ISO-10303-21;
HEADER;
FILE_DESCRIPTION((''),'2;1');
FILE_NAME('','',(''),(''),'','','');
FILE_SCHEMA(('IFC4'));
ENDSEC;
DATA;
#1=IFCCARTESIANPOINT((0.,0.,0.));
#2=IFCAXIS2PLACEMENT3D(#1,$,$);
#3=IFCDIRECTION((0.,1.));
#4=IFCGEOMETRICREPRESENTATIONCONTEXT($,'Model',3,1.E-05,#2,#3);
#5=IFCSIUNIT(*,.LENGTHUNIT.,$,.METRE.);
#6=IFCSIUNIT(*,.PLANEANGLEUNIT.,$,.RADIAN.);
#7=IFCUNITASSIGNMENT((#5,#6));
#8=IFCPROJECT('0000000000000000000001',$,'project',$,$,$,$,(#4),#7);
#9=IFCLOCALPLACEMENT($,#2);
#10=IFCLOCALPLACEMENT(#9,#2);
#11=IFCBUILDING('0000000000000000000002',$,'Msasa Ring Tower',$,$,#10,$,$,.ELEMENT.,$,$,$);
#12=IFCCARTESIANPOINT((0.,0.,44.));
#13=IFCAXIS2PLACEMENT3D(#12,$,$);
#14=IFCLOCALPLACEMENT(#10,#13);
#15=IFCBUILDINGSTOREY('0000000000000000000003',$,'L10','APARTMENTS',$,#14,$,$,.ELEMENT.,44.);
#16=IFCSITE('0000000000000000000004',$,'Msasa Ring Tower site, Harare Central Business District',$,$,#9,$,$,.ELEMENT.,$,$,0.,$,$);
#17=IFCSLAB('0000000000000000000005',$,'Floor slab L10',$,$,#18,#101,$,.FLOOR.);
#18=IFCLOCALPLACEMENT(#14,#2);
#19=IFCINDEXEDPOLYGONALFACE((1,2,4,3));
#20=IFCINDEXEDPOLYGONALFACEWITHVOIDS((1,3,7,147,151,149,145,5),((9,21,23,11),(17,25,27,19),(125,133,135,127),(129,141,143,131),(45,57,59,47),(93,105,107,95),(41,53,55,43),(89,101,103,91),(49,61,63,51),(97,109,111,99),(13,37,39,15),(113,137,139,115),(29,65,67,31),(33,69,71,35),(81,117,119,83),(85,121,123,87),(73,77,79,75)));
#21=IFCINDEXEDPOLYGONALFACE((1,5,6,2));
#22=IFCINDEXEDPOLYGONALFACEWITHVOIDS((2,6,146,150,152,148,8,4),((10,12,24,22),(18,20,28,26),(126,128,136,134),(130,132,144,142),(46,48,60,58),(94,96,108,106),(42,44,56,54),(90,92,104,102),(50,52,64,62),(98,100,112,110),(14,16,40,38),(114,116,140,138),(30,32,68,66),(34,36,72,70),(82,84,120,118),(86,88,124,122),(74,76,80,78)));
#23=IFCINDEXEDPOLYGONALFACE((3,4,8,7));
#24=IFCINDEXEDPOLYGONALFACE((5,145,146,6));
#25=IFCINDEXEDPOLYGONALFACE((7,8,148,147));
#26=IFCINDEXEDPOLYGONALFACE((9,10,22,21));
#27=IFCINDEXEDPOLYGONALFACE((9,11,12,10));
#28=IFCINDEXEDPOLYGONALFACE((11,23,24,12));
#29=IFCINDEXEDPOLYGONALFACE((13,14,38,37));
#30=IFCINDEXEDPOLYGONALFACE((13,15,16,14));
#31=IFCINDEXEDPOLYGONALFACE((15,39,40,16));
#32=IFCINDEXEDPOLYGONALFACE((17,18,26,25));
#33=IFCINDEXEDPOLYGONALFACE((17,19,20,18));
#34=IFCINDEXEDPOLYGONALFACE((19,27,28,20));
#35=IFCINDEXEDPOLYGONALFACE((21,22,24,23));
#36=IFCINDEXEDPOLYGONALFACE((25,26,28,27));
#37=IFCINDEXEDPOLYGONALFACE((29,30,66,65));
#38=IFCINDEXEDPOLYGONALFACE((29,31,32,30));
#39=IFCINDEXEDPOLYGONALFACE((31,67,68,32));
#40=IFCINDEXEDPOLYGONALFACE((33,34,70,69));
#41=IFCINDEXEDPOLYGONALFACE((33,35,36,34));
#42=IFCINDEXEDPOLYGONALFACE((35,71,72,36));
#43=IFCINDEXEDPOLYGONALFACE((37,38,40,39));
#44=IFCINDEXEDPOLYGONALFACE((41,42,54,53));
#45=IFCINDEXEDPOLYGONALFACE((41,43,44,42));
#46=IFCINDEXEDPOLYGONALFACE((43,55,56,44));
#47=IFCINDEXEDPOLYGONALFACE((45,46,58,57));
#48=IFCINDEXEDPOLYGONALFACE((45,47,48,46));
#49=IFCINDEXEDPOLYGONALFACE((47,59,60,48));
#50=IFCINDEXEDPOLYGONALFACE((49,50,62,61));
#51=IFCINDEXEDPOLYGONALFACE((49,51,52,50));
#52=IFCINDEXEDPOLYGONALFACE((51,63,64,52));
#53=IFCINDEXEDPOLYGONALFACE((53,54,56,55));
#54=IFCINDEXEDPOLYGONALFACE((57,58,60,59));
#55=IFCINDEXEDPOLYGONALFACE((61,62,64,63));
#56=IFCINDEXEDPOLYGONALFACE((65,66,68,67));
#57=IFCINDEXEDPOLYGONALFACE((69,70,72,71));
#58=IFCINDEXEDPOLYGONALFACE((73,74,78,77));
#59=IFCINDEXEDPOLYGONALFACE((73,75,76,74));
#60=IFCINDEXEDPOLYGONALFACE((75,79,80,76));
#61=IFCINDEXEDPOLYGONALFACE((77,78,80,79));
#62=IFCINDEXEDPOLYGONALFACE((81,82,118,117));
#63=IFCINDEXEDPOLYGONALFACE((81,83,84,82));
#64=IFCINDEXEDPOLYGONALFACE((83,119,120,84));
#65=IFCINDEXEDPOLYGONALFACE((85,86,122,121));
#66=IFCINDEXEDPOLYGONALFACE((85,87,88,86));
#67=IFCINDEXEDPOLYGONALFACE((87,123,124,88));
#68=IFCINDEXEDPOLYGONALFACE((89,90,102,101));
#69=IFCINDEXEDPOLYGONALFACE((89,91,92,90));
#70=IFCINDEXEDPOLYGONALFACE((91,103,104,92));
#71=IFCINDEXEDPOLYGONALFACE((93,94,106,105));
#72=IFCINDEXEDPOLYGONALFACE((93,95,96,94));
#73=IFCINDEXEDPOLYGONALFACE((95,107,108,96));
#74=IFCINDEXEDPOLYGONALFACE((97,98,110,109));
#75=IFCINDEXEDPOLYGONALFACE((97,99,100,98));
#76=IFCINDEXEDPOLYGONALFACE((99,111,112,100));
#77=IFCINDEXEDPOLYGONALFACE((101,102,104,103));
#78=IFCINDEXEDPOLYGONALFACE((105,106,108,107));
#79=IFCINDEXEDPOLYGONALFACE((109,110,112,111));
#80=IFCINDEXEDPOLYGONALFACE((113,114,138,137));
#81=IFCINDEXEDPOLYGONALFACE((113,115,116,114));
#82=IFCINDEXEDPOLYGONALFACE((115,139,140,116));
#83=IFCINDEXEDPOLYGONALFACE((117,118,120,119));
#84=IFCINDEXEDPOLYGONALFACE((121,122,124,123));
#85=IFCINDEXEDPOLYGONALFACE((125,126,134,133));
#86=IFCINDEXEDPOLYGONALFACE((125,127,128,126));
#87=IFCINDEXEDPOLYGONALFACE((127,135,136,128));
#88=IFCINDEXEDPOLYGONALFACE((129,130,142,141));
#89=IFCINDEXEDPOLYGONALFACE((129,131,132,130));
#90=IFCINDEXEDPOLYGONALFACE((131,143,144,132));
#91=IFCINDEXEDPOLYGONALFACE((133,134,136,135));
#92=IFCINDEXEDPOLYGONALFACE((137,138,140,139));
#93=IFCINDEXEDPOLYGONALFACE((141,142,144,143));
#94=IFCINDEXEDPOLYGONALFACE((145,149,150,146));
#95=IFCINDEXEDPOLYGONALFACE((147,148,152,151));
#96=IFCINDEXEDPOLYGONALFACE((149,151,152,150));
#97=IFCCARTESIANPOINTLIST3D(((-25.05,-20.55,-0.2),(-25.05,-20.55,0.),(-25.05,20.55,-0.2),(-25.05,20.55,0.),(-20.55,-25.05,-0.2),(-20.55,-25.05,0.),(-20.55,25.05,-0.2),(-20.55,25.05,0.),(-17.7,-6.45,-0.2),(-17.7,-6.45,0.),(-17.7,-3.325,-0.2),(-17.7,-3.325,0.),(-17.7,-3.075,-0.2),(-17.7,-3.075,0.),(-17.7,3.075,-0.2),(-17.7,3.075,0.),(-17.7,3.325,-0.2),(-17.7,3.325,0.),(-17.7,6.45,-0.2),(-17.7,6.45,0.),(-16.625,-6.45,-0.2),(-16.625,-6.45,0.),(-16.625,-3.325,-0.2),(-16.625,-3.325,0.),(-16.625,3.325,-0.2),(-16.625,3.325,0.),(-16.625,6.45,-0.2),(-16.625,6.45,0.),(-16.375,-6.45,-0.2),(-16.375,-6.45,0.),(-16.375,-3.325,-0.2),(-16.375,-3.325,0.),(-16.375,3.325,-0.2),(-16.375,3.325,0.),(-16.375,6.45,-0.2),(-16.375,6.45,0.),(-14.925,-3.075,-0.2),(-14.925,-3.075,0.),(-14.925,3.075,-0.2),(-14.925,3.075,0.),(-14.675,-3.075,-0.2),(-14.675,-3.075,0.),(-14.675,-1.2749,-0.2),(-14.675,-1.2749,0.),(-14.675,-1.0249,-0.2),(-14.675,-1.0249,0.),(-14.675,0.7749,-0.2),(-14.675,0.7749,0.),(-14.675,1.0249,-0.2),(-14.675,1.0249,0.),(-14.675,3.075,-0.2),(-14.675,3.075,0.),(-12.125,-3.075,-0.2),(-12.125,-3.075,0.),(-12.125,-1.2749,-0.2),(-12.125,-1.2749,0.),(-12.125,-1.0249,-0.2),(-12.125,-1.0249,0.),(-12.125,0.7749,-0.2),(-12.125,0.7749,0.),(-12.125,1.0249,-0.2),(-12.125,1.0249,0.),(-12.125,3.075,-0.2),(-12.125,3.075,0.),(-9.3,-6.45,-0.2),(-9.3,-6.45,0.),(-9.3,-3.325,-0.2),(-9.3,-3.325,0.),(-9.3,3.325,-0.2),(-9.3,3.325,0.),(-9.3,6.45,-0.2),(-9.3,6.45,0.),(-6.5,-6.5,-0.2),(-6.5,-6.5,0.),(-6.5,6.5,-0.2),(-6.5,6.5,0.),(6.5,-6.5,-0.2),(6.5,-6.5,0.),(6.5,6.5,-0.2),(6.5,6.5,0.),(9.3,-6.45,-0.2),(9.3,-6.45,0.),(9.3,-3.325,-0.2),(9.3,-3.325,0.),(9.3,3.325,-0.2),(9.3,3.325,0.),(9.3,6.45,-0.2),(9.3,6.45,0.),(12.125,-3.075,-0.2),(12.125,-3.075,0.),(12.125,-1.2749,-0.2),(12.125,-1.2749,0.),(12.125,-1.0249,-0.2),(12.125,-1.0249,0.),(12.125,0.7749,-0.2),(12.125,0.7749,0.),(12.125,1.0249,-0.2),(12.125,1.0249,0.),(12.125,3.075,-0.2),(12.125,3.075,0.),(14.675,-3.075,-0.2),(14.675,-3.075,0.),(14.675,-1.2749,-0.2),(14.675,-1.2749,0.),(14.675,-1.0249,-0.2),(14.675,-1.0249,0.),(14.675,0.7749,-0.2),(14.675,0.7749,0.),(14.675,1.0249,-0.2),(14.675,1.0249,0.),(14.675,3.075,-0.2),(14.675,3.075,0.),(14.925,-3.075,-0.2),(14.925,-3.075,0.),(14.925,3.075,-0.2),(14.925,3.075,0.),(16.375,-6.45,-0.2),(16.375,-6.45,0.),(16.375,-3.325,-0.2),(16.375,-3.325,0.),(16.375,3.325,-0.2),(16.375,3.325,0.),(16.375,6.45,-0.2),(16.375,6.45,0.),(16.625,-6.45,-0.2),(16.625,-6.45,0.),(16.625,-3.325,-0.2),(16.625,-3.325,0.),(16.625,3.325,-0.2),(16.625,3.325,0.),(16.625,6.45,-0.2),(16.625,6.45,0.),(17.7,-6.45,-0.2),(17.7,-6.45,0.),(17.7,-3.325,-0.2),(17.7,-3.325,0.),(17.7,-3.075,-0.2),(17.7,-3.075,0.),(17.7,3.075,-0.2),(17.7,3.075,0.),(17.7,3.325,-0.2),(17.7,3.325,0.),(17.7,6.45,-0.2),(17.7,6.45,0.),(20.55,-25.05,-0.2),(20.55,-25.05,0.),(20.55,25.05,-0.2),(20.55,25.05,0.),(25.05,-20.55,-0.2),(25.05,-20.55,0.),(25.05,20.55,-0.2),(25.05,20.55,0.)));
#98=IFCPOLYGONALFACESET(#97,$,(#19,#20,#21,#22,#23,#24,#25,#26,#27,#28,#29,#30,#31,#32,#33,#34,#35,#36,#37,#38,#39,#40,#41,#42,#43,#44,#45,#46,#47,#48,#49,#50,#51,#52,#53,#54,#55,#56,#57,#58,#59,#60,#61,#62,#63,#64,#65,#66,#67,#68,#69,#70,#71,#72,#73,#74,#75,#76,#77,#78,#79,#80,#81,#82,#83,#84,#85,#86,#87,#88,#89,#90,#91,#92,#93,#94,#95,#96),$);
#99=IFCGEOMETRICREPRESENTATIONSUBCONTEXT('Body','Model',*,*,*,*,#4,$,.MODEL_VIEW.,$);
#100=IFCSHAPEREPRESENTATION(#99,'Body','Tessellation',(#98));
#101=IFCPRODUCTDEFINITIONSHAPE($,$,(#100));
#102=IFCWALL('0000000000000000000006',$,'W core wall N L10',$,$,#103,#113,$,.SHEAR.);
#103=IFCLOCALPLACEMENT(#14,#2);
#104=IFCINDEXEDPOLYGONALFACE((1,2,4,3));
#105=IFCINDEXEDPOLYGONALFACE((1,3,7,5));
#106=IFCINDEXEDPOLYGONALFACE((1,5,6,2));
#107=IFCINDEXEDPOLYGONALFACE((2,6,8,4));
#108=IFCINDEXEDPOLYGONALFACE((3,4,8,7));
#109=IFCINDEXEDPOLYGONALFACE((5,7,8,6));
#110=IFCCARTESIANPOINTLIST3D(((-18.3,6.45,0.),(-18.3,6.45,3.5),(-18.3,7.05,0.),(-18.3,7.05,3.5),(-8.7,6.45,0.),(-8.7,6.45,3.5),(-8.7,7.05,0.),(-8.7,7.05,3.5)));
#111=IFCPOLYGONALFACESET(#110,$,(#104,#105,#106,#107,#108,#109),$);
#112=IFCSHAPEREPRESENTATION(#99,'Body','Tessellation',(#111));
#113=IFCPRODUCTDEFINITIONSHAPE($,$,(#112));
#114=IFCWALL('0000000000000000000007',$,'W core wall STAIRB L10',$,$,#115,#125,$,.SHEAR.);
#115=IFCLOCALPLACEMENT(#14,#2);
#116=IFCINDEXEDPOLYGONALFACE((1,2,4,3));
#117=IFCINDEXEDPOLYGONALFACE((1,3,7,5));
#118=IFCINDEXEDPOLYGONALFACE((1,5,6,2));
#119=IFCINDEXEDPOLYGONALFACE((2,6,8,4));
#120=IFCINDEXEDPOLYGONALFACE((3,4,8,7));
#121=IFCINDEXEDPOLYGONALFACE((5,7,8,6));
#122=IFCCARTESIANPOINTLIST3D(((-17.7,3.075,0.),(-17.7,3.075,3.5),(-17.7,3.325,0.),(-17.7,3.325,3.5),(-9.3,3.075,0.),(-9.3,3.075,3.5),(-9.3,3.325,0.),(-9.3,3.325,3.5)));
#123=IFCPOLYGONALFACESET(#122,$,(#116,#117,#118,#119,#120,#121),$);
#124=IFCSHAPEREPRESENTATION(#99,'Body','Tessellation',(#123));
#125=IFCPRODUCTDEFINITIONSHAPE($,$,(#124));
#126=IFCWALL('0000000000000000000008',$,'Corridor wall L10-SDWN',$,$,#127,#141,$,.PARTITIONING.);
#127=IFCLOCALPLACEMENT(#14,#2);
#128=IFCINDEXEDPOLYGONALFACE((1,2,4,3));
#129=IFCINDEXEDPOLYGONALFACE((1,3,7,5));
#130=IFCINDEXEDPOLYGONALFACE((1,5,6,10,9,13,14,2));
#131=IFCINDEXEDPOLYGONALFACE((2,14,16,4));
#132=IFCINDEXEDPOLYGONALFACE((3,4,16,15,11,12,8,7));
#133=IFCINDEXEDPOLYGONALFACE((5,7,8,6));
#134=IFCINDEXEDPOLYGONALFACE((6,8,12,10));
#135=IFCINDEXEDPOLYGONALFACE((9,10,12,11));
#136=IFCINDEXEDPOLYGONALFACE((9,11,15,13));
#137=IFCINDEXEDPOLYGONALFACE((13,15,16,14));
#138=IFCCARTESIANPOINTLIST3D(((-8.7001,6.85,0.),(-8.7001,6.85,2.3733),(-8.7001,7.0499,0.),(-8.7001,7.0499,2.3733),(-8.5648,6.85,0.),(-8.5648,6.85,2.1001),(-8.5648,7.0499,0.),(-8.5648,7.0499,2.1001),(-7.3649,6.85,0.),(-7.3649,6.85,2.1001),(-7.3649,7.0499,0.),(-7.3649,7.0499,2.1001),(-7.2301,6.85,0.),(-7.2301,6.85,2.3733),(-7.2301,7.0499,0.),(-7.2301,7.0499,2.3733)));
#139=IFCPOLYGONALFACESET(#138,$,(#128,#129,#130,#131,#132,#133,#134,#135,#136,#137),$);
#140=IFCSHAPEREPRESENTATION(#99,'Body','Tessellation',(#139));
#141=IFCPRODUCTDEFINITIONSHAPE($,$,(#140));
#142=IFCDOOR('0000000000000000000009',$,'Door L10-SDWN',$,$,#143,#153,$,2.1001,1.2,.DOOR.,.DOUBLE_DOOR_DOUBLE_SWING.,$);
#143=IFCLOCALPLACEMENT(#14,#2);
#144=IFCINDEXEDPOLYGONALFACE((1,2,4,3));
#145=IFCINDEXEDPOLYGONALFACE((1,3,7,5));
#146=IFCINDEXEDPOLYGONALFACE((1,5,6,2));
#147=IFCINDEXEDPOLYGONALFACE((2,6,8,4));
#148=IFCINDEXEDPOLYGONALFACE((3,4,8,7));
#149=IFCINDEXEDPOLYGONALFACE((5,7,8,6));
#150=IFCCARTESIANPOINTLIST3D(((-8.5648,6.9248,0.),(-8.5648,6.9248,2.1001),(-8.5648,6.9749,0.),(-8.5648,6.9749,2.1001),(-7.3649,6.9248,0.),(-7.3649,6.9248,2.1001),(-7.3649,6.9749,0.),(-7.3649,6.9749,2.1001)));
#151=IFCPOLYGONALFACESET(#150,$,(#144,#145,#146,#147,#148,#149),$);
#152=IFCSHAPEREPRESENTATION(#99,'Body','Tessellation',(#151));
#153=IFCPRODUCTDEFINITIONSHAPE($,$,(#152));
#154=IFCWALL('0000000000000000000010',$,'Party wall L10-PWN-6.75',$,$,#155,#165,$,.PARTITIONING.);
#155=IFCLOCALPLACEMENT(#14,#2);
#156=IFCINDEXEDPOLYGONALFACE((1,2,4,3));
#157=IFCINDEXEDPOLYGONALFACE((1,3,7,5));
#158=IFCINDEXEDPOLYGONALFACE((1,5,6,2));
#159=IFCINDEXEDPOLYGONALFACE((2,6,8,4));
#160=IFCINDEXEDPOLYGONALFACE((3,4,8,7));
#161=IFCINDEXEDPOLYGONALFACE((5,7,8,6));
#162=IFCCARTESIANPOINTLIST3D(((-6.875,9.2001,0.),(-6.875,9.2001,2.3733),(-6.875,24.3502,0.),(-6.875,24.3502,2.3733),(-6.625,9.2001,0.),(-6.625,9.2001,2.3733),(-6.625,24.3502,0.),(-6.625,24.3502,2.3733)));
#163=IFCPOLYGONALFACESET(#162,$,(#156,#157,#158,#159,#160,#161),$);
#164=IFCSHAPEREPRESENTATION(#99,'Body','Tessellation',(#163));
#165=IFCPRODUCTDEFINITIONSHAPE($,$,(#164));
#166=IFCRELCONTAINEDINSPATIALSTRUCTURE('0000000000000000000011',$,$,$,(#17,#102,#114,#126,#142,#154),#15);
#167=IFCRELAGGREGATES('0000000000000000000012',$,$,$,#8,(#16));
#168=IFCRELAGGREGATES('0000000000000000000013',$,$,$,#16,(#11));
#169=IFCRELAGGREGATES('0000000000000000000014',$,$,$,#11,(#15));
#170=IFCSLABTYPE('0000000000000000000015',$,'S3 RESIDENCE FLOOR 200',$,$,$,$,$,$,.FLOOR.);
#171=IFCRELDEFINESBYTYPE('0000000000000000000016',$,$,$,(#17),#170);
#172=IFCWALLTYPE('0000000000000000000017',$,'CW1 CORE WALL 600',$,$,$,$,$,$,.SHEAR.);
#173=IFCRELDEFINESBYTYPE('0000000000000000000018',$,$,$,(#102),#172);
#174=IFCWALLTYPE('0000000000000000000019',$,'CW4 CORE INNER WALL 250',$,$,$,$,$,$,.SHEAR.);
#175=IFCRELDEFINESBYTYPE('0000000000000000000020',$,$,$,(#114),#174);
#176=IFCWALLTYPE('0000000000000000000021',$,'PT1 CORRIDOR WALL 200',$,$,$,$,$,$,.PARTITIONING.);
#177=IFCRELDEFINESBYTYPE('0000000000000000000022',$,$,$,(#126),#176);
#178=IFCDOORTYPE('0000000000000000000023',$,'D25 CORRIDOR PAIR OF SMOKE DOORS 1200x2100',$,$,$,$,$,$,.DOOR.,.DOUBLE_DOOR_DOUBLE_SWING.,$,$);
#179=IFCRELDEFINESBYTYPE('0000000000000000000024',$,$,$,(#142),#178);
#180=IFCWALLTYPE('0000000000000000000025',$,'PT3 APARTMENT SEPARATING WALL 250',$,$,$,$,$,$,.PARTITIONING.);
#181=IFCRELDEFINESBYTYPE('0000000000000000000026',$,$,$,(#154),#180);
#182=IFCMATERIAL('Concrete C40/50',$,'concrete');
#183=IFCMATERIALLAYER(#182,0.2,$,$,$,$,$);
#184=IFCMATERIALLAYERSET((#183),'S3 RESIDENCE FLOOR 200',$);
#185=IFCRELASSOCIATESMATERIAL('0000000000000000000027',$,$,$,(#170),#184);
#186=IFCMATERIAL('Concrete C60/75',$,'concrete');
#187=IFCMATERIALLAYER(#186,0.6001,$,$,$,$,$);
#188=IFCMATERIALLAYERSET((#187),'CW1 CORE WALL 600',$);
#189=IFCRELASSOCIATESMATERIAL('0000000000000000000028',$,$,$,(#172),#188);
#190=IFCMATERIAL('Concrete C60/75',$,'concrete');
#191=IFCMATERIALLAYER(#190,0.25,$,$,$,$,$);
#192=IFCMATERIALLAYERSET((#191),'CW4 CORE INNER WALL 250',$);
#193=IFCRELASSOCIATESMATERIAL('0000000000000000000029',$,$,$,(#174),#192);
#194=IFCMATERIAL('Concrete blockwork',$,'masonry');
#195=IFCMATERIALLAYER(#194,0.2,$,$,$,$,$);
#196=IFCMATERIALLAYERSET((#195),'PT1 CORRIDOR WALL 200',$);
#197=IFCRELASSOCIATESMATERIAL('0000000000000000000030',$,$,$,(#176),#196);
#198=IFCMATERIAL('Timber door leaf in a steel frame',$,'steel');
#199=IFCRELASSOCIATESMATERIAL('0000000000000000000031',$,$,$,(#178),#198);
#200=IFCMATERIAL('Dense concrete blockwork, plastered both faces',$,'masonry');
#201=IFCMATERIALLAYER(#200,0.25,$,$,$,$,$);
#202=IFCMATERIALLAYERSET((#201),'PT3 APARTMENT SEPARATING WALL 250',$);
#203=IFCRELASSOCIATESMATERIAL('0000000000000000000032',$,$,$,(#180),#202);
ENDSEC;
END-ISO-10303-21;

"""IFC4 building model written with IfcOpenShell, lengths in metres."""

from ifc_helpers import new_model, si_unit, direction, frame, frame_2d, origin, place, context, subcontext, project, spatial, polyline, rectangle, outline, extrude, material, layer, layer_set, type_object, element, fill, save


model = new_model("IFC4")

# Units and contexts
model_context = context("Model", 3, precision=1e-05, world=origin(), true_north=direction((0.0, 1.0)))
body_context = subcontext(model_context, "Body", "Model", "MODEL_VIEW")
ifc_project = project(units=[si_unit("LENGTHUNIT", "METRE"), si_unit("PLANEANGLEUNIT", "RADIAN")], contexts=[model_context])

# Site, building, storey
site_placement = place(None, origin())
site = spatial("IfcSite", under=ifc_project, at=site_placement, Name="Msasa Ring Tower site, Harare Central Business District", CompositionType="ELEMENT", RefElevation=0.0)
building_placement = place(site_placement, origin())
building = spatial("IfcBuilding", under=site, at=building_placement, Name="Msasa Ring Tower", CompositionType="ELEMENT")
storey_placement = place(building_placement, frame((0.0, 0.0, 44.0)))
storey = spatial("IfcBuildingStorey", under=building, at=storey_placement, Name="L10", Description="APARTMENTS", CompositionType="ELEMENT", Elevation=44.0)

# Slab
ifc_material_1 = material(Name="Concrete C40/50", Category="concrete")
ifc_layer_1 = layer(ifc_material_1, 0.2)
ifc_layer_set_1 = layer_set([ifc_layer_1], Name="S3 RESIDENCE FLOOR 200")
slab_type = type_object("IfcSlabType", Name="S3 RESIDENCE FLOOR 200", PredefinedType="FLOOR", material=ifc_layer_set_1)
slab_placement = place(storey_placement, frame((0.0, 0.0, -0.2)))
element("IfcSlab", 1, at=slab_placement, inside=storey, type_object=slab_type, Name="Floor slab L10", PredefinedType="FLOOR", context=body_context, shape_type="SweptSolid", body=[
    extrude(outline(polyline([(-20.55, -25.05), (20.55, -25.05), (25.05, -20.55), (25.05, 20.55), (20.55, 25.05), (-20.55, 25.05), (-25.05, 20.55), (-25.05, -20.55), (-20.55, -25.05)]), holes=[polyline([(-6.5, -6.5), (6.5, -6.5), (6.5, 6.5), (-6.5, 6.5), (-6.5, -6.5)]), polyline([(9.3, -6.45), (16.375, -6.45), (16.375, -3.325), (9.3, -3.325), (9.3, -6.45)]), polyline([(9.3, 3.325), (16.375, 3.325), (16.375, 6.45), (9.3, 6.45), (9.3, 3.325)]), polyline([(12.125, -3.075), (14.675, -3.075), (14.675, -1.2749), (12.125, -1.2749), (12.125, -3.075)]), polyline([(12.125, -1.0249), (14.675, -1.0249), (14.675, 0.7749), (12.125, 0.7749), (12.125, -1.0249)]), polyline([(12.125, 1.0249), (14.675, 1.0249), (14.675, 3.075), (12.125, 3.075), (12.125, 1.0249)]), polyline([(16.625, -6.45), (17.7, -6.45), (17.7, -3.325), (16.625, -3.325), (16.625, -6.45)]), polyline([(16.625, 3.325), (17.7, 3.325), (17.7, 6.45), (16.625, 6.45), (16.625, 3.325)]), polyline([(14.925, -3.075), (17.7, -3.075), (17.7, 3.075), (14.925, 3.075), (14.925, -3.075)]), polyline([(-16.375, -6.45), (-9.3, -6.45), (-9.3, -3.325), (-16.375, -3.325), (-16.375, -6.45)]), polyline([(-16.375, 3.325), (-9.3, 3.325), (-9.3, 6.45), (-16.375, 6.45), (-16.375, 3.325)]), polyline([(-14.675, -3.075), (-12.125, -3.075), (-12.125, -1.2749), (-14.675, -1.2749), (-14.675, -3.075)]), polyline([(-14.675, -1.0249), (-12.125, -1.0249), (-12.125, 0.7749), (-14.675, 0.7749), (-14.675, -1.0249)]), polyline([(-14.675, 1.0249), (-12.125, 1.0249), (-12.125, 3.075), (-14.675, 3.075), (-14.675, 1.0249)]), polyline([(-17.7, -6.45), (-16.625, -6.45), (-16.625, -3.325), (-17.7, -3.325), (-17.7, -6.45)]), polyline([(-17.7, 3.325), (-16.625, 3.325), (-16.625, 6.45), (-17.7, 6.45), (-17.7, 3.325)]), polyline([(-17.7, -3.075), (-14.925, -3.075), (-14.925, 3.075), (-17.7, 3.075), (-17.7, -3.075)])]), origin(), (0.0, 0.0, 1.0), 0.2),
])

# Walls
ifc_material_2 = material(Name="Concrete C60/75", Category="concrete")
ifc_layer_2 = layer(ifc_material_2, 0.6001)
ifc_layer_set_2 = layer_set([ifc_layer_2], Name="CW1 CORE WALL 600")
wall_type_1 = type_object("IfcWallType", Name="CW1 CORE WALL 600", PredefinedType="SHEAR", material=ifc_layer_set_2)
wall_1_placement = place(storey_placement, frame((-8.7, 6.75, 0.0), z_axis=(0.0, 0.0, 1.0), x_axis=(-1.0, 0.0, 0.0)))
element("IfcWall", 2, at=wall_1_placement, inside=storey, type_object=wall_type_1, Name="W core wall N L10", PredefinedType="SHEAR", context=body_context, shape_type="SweptSolid", body=[
    extrude(rectangle(XDim=9.6001, YDim=0.6001, at=frame_2d((4.8, 0.0))), origin(), (0.0, 0.0, 1.0), 3.5),
])
ifc_material_3 = material(Name="Concrete C60/75", Category="concrete")
ifc_layer_3 = layer(ifc_material_3, 0.25)
ifc_layer_set_3 = layer_set([ifc_layer_3], Name="CW4 CORE INNER WALL 250")
wall_type_2 = type_object("IfcWallType", Name="CW4 CORE INNER WALL 250", PredefinedType="SHEAR", material=ifc_layer_set_3)
wall_2_placement = place(storey_placement, frame((-9.3, 3.2, 0.0), z_axis=(0.0, 0.0, 1.0), x_axis=(-1.0, 0.0, 0.0)))
element("IfcWall", 3, at=wall_2_placement, inside=storey, type_object=wall_type_2, Name="W core wall STAIRB L10", PredefinedType="SHEAR", context=body_context, shape_type="SweptSolid", body=[
    extrude(rectangle(XDim=8.3999, YDim=0.25, at=frame_2d((4.2, 0.0))), origin(), (0.0, 0.0, 1.0), 3.5),
])

# Wall, opening, door
ifc_material_4 = material(Name="Concrete blockwork", Category="masonry")
ifc_layer_4 = layer(ifc_material_4, 0.2)
ifc_layer_set_4 = layer_set([ifc_layer_4], Name="PT1 CORRIDOR WALL 200")
wall_type_3 = type_object("IfcWallType", Name="PT1 CORRIDOR WALL 200", PredefinedType="PARTITIONING", material=ifc_layer_set_4)
wall_3_placement = place(storey_placement, frame((-8.7, 6.95, 0.0), z_axis=(0.0, 0.0, 1.0), x_axis=(1.0, 0.0, 0.0)))
wall_3 = element("IfcWall", 4, at=wall_3_placement, inside=storey, type_object=wall_type_3, Name="Corridor wall L10-SDWN", PredefinedType="PARTITIONING", context=body_context, shape_type="SweptSolid", body=[
    extrude(rectangle(XDim=1.47, YDim=0.2, at=frame_2d((0.7349, 0.0))), origin(), (0.0, 0.0, 1.0), 2.3733),
])
opening_1_placement = place(wall_3_placement, frame((0.135, 0.0, 0.0)))
opening_1 = element("IfcOpeningElement", 5, at=opening_1_placement, cuts=wall_3, PredefinedType="OPENING", context=body_context, shape_type="SweptSolid", body=[
    extrude(rectangle(XDim=1.2, YDim=2.1001, at=frame_2d((0.6001, 1.05))), frame((0.0, 0.1099, 0.0), z_axis=(0.0, -1.0, 0.0), x_axis=(1.0, 0.0, 0.0)), (0.0, 0.0, 1.0), 0.22),
])
ifc_material_5 = material(Name="Timber door leaf in a steel frame", Category="steel")
door_type_1 = type_object("IfcDoorType", Name="D25 CORRIDOR PAIR OF SMOKE DOORS 1200x2100", OperationType="DOUBLE_DOOR_DOUBLE_SWING", PredefinedType="DOOR", material=ifc_material_5)
door_1_placement = place(opening_1_placement, origin())
door_1 = element("IfcDoor", 6, at=door_1_placement, inside=storey, type_object=door_type_1, Name="Door L10-SDWN", OperationType="DOUBLE_DOOR_DOUBLE_SWING", OverallHeight=2.1001, OverallWidth=1.2, PredefinedType="DOOR", context=body_context, shape_type="SweptSolid", body=[
    extrude(rectangle(XDim=1.2, YDim=2.1001, at=frame_2d((0.6001, 1.05))), frame((0.0, 0.0249, 0.0), z_axis=(0.0, -1.0, 0.0), x_axis=(1.0, 0.0, 0.0)), (0.0, 0.0, 1.0), 0.05),
])
fill(opening_1, door_1)

# Wall
ifc_material_6 = material(Name="Dense concrete blockwork, plastered both faces", Category="masonry")
ifc_layer_5 = layer(ifc_material_6, 0.25)
ifc_layer_set_5 = layer_set([ifc_layer_5], Name="PT3 APARTMENT SEPARATING WALL 250")
wall_type_4 = type_object("IfcWallType", Name="PT3 APARTMENT SEPARATING WALL 250", PredefinedType="PARTITIONING", material=ifc_layer_set_5)
for number, where, z_axis, x_axis, name in (
    (7, (-6.75, 9.2, 0.0), (0.0, 0.0, 1.0), (0.0, 1.0, 0.0), "Party wall L10-PWN-6.75"),
):
    element("IfcWall", number, at=place(storey_placement, frame(where, z_axis=z_axis, x_axis=x_axis)), inside=storey, type_object=wall_type_4, Name=name, PredefinedType="PARTITIONING", context=body_context, shape_type="SweptSolid", body=[
        extrude(rectangle(XDim=15.1501, YDim=0.25, at=frame_2d((7.5752, 0.0))), origin(), (0.0, 0.0, 1.0), 2.3733),
    ])

save(model, "model.ifc")
